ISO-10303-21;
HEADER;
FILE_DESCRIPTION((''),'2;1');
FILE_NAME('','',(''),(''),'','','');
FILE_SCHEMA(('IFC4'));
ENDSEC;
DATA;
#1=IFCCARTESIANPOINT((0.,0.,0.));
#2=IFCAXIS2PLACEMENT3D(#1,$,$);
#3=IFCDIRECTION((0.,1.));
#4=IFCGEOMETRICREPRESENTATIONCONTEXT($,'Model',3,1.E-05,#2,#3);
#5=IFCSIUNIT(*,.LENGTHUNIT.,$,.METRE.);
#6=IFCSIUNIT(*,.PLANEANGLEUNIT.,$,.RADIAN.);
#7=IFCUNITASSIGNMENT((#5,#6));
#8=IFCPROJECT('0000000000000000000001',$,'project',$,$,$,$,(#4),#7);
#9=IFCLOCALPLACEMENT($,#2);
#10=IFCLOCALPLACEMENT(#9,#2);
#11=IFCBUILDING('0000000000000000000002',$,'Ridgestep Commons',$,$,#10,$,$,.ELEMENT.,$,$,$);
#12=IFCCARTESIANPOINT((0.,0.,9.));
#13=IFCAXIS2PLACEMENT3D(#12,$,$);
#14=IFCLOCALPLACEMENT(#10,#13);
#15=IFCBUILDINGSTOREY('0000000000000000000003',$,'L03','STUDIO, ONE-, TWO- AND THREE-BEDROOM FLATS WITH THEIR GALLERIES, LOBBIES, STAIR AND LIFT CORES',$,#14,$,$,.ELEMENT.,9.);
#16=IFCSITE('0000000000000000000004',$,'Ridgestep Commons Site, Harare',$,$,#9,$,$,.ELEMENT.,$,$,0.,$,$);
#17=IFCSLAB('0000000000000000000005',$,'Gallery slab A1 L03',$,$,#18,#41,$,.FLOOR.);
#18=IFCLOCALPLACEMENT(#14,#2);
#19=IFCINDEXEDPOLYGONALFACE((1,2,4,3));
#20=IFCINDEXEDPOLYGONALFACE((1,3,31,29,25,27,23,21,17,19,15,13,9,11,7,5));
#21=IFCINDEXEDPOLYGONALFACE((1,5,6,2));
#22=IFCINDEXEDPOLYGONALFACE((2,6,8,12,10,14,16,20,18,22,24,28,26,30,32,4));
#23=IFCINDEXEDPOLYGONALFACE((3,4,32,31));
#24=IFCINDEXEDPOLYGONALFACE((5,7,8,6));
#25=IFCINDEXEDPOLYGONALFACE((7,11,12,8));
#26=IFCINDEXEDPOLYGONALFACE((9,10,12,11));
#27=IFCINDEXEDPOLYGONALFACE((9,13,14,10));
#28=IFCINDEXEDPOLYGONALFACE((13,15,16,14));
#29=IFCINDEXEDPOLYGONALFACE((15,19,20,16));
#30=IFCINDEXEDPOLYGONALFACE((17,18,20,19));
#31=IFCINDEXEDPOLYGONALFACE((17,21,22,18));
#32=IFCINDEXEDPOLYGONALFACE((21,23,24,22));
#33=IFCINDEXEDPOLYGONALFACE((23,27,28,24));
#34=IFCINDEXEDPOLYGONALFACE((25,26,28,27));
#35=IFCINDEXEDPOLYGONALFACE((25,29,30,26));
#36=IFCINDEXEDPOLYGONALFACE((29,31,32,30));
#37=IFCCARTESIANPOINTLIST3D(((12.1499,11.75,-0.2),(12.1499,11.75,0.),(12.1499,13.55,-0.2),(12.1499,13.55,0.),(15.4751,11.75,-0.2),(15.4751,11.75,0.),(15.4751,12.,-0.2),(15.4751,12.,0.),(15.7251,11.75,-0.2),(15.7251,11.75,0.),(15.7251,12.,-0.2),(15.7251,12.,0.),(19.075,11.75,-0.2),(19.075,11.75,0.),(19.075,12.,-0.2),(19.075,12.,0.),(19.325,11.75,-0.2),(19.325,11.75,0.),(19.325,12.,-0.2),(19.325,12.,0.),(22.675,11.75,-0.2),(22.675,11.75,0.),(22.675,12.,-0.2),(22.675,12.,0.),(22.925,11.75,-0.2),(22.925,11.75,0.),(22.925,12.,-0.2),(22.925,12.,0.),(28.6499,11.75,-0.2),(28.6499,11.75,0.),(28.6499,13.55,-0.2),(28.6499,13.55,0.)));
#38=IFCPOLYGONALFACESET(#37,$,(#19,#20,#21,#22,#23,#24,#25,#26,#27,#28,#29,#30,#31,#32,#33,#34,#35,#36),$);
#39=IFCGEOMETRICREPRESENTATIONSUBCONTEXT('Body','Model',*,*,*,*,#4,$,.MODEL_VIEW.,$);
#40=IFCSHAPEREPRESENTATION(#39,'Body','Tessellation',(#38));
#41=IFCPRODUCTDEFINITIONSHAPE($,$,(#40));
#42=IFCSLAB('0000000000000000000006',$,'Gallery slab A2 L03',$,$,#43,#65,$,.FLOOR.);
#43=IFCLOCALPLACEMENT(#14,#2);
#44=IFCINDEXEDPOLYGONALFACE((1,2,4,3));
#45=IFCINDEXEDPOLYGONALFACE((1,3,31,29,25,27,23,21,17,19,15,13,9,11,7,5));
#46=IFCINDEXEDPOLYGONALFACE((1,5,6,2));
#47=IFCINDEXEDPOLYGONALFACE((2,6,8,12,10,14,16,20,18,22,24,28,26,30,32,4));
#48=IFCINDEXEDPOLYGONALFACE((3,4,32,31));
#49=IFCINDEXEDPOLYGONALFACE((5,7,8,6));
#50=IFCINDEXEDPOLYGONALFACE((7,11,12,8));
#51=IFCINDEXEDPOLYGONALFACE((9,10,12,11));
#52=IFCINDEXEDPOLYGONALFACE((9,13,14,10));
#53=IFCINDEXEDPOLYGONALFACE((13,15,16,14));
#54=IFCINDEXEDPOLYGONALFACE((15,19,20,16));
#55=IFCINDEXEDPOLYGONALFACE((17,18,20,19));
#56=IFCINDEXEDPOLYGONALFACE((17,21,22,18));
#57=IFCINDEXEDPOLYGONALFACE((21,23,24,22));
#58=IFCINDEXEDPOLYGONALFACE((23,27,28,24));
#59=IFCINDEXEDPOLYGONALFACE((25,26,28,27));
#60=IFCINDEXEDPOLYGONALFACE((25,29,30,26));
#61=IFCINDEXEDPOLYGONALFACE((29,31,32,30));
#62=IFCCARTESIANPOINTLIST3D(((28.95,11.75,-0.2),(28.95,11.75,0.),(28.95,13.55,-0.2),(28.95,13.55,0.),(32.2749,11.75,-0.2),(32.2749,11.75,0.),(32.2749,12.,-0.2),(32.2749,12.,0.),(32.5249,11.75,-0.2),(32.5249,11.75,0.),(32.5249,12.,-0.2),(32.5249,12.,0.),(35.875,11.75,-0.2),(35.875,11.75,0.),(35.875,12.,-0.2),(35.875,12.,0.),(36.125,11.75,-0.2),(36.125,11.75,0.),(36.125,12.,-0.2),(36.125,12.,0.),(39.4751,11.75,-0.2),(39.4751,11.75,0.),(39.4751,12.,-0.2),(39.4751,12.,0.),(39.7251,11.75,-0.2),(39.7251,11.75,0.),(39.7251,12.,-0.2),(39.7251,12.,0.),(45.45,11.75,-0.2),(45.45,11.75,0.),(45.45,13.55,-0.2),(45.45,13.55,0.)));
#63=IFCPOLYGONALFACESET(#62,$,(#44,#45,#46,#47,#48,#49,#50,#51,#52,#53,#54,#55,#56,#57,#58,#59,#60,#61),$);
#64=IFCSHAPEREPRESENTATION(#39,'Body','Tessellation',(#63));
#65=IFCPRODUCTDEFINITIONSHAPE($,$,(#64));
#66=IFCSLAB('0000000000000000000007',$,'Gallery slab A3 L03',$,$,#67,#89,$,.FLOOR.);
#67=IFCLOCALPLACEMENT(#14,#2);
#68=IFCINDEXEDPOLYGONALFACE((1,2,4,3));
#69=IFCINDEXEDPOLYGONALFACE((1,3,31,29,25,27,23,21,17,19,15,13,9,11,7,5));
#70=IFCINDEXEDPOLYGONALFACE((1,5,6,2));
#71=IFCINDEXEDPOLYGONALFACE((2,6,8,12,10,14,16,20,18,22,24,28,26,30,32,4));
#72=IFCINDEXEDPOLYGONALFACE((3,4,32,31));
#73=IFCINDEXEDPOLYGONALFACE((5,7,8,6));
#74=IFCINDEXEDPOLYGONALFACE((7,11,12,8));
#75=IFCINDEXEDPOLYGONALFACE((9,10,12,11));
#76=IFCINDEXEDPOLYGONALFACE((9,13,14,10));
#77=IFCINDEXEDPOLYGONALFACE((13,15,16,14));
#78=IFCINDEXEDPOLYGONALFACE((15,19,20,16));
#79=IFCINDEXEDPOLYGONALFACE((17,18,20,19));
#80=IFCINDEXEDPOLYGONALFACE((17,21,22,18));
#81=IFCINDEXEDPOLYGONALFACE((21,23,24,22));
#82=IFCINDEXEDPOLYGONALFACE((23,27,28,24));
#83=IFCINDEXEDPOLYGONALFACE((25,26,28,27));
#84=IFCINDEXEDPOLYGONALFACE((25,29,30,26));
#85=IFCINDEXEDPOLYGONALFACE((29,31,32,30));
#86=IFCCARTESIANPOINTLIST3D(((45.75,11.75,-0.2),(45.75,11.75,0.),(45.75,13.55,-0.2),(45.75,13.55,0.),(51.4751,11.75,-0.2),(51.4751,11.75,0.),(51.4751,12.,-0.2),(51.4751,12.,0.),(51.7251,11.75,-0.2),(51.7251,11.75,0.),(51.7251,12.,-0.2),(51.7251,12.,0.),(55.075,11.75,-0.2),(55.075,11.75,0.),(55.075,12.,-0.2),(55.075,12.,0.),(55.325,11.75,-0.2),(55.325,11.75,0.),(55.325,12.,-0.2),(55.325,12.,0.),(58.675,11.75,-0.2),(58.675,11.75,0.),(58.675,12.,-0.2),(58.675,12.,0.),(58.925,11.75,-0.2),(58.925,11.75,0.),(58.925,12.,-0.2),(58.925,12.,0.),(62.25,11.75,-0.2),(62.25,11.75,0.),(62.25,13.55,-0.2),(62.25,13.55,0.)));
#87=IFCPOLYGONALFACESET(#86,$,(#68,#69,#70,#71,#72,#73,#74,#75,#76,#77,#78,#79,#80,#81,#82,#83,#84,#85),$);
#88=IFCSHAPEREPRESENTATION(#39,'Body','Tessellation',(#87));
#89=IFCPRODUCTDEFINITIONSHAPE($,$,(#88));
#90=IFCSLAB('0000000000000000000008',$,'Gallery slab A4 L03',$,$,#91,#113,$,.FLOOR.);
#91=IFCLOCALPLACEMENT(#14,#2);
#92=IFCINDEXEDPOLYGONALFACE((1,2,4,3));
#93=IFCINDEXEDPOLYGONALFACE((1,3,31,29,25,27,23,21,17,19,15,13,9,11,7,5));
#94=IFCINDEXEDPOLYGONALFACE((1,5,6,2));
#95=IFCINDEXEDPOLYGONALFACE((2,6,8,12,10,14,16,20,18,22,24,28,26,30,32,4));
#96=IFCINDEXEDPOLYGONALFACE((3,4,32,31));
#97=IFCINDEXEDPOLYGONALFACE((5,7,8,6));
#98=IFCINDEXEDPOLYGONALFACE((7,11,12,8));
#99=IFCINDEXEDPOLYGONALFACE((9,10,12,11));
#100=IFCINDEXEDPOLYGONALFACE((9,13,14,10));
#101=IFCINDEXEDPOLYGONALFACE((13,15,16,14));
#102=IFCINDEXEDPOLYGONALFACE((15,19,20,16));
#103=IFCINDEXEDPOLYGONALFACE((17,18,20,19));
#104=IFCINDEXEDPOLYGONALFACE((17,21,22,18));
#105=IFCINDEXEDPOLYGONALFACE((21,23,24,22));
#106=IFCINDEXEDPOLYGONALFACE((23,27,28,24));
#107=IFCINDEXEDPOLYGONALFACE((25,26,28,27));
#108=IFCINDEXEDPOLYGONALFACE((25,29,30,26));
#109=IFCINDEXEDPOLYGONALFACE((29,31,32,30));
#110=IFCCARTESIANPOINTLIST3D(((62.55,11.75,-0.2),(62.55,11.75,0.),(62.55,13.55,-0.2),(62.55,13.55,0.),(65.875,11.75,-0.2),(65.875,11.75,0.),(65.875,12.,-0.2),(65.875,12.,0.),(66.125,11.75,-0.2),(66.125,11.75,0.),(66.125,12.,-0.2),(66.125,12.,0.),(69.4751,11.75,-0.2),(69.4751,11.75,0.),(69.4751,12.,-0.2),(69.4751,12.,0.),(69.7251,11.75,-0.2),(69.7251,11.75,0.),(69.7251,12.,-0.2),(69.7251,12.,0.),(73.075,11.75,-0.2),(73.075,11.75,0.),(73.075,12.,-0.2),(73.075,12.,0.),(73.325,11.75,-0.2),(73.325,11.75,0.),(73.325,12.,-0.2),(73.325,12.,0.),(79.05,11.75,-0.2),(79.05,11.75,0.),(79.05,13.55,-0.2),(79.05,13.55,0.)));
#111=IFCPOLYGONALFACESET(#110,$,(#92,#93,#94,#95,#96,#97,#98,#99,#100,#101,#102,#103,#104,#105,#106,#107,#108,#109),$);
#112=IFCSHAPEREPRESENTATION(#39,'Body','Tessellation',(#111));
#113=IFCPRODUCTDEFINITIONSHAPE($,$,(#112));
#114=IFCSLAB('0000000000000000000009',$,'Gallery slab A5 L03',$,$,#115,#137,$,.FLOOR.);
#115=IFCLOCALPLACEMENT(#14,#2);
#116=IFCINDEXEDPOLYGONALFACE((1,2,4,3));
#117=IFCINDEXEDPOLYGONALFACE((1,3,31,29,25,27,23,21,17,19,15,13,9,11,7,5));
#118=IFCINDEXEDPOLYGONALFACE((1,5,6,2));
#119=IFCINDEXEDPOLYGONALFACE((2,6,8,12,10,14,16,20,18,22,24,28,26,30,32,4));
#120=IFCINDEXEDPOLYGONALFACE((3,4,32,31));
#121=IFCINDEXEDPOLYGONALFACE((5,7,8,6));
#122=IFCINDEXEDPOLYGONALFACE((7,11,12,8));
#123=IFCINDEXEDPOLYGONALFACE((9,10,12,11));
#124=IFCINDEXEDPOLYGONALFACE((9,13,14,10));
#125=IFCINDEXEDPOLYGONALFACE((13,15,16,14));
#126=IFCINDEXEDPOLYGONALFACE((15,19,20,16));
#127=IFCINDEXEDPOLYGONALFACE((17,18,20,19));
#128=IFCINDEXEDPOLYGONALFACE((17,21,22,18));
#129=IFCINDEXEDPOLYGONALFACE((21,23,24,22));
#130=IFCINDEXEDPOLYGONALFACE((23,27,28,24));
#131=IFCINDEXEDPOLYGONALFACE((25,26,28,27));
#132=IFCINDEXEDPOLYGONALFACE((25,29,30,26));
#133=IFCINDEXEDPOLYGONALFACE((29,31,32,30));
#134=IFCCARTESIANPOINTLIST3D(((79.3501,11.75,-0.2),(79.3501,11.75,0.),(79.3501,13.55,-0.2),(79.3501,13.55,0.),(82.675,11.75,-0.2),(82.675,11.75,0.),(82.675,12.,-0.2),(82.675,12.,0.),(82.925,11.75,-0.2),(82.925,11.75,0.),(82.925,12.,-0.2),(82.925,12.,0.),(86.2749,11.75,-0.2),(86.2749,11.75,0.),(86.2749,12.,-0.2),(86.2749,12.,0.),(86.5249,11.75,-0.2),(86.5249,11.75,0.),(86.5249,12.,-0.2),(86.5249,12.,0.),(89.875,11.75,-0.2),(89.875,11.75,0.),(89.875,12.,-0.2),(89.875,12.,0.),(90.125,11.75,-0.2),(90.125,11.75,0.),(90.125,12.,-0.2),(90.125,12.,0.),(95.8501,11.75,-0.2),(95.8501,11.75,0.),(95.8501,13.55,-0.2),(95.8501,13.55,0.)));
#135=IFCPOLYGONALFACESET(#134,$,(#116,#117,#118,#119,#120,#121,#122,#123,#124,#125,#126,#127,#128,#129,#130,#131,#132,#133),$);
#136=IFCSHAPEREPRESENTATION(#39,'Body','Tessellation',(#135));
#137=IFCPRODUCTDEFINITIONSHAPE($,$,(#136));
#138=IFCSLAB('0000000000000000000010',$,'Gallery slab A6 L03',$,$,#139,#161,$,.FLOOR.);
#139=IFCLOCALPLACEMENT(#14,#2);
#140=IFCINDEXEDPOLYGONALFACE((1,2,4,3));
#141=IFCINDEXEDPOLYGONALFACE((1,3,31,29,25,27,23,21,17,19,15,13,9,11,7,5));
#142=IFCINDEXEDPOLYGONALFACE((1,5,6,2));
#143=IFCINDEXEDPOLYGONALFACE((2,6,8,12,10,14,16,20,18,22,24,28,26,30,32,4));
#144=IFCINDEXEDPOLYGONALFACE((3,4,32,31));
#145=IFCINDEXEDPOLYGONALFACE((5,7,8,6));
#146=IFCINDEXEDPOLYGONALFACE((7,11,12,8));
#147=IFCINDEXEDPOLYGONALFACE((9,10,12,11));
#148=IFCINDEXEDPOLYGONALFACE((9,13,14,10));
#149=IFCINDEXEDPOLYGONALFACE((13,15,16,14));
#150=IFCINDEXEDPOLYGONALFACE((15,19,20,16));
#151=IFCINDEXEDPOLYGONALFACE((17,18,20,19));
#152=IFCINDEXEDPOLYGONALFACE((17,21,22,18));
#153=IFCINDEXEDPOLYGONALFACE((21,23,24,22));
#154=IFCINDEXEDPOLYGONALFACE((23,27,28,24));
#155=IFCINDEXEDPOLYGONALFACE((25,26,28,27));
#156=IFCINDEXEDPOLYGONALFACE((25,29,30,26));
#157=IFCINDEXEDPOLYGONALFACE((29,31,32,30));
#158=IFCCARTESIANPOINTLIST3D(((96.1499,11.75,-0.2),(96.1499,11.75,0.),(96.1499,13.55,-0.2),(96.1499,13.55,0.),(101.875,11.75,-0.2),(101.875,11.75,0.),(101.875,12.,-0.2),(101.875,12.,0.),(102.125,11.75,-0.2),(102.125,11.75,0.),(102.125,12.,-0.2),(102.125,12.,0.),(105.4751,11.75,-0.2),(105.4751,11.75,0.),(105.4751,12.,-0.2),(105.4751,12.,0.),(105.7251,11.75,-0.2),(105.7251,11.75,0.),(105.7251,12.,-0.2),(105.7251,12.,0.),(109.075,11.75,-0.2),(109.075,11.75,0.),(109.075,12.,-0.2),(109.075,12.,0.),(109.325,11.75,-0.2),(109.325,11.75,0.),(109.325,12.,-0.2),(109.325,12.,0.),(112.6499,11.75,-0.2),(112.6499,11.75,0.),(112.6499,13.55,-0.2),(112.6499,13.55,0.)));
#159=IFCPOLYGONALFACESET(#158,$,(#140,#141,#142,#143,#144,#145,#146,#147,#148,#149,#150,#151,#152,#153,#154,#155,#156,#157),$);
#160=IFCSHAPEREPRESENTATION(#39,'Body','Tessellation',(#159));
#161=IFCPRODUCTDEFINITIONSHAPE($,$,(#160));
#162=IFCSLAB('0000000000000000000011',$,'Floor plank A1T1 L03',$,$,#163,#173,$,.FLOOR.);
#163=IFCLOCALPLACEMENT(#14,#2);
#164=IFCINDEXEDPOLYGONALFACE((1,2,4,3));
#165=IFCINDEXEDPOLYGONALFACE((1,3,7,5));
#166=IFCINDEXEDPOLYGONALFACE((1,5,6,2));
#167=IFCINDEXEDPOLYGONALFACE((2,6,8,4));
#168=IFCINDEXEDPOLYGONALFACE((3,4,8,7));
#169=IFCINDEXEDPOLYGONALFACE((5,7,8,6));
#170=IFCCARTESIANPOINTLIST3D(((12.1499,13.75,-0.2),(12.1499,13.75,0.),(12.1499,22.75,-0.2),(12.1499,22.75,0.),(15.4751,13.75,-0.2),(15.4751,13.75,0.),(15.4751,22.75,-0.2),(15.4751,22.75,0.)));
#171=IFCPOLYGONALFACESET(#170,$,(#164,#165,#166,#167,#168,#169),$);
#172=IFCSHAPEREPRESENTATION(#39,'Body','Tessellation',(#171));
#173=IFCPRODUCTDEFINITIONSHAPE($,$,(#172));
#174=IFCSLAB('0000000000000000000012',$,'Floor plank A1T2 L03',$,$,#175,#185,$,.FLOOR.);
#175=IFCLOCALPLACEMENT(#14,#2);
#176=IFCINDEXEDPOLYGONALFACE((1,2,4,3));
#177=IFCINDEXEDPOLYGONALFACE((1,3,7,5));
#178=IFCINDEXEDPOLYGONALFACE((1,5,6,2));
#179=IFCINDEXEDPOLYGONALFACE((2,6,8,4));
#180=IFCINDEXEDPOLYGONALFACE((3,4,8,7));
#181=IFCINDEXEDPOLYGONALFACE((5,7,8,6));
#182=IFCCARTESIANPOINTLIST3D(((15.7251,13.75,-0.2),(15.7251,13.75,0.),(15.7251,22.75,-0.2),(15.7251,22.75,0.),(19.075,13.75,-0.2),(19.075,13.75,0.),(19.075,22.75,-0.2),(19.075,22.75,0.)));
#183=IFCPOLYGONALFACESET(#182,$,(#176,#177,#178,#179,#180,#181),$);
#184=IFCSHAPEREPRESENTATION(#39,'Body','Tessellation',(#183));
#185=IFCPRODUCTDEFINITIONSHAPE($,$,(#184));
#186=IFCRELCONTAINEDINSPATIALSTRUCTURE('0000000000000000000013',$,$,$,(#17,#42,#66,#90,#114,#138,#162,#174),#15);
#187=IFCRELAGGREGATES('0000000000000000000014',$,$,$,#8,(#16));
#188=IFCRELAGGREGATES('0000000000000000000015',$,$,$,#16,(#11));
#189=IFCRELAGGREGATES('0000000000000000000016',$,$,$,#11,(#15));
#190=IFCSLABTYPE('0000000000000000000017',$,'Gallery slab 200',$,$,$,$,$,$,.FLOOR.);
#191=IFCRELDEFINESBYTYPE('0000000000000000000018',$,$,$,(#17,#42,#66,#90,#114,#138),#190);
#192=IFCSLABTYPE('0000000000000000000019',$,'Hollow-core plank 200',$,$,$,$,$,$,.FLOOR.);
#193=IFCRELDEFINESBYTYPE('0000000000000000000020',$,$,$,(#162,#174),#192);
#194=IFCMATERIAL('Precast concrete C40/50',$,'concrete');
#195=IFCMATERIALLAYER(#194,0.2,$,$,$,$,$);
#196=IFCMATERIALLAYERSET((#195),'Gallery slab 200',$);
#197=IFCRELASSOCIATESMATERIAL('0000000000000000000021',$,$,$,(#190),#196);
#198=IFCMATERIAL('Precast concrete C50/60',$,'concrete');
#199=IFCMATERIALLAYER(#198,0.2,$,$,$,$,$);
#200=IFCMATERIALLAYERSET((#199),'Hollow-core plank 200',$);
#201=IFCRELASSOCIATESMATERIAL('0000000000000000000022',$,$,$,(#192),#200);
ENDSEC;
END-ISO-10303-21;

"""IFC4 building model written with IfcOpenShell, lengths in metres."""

from ifc_helpers import new_model, si_unit, direction, frame, origin, place, context, subcontext, project, spatial, polyline, outline, extrude, material, layer, layer_set, type_object, element, save


model = new_model("IFC4")

# Units and contexts
model_context = context("Model", 3, precision=1e-05, world=origin(), true_north=direction((0.0, 1.0)))
body_context = subcontext(model_context, "Body", "Model", "MODEL_VIEW")
ifc_project = project(units=[si_unit("LENGTHUNIT", "METRE"), si_unit("PLANEANGLEUNIT", "RADIAN")], contexts=[model_context])

# Site, building, storey
site_placement = place(None, origin())
site = spatial("IfcSite", under=ifc_project, at=site_placement, Name="Ridgestep Commons Site, Harare", CompositionType="ELEMENT", RefElevation=0.0)
building_placement = place(site_placement, origin())
building = spatial("IfcBuilding", under=site, at=building_placement, Name="Ridgestep Commons", CompositionType="ELEMENT")
storey_placement = place(building_placement, frame((0.0, 0.0, 9.0)))
storey = spatial("IfcBuildingStorey", under=building, at=storey_placement, Name="L03", Description="STUDIO, ONE-, TWO- AND THREE-BEDROOM FLATS WITH THEIR GALLERIES, LOBBIES, STAIR AND LIFT CORES", CompositionType="ELEMENT", Elevation=9.0)

# Slabs
ifc_material_1 = material(Name="Precast concrete C40/50", Category="concrete")
ifc_layer_1 = layer(ifc_material_1, 0.2)
ifc_layer_set_1 = layer_set([ifc_layer_1], Name="Gallery slab 200")
slab_type_1 = type_object("IfcSlabType", Name="Gallery slab 200", PredefinedType="FLOOR", material=ifc_layer_set_1)
slab_1_placement = place(storey_placement, frame((0.0, 0.0, -0.2)))
element("IfcSlab", 1, at=slab_1_placement, inside=storey, type_object=slab_type_1, Name="Gallery slab A1 L03", PredefinedType="FLOOR", context=body_context, shape_type="SweptSolid", body=[
    extrude(outline(polyline([(28.6499, 13.55), (12.1499, 13.55), (12.1499, 11.75), (15.4751, 11.75), (15.4751, 12.0), (15.7251, 12.0), (15.7251, 11.75), (19.075, 11.75), (19.075, 12.0), (19.325, 12.0), (19.325, 11.75), (22.675, 11.75), (22.675, 12.0), (22.925, 12.0), (22.925, 11.75), (28.6499, 11.75), (28.6499, 13.55)])), origin(), (0.0, 0.0, 1.0), 0.2),
])
slab_2_placement = place(storey_placement, frame((0.0, 0.0, -0.2)))
element("IfcSlab", 2, at=slab_2_placement, inside=storey, type_object=slab_type_1, Name="Gallery slab A2 L03", PredefinedType="FLOOR", context=body_context, shape_type="SweptSolid", body=[
    extrude(outline(polyline([(45.45, 13.55), (28.95, 13.55), (28.95, 11.75), (32.2749, 11.75), (32.2749, 12.0), (32.5249, 12.0), (32.5249, 11.75), (35.875, 11.75), (35.875, 12.0), (36.125, 12.0), (36.125, 11.75), (39.4751, 11.75), (39.4751, 12.0), (39.7251, 12.0), (39.7251, 11.75), (45.45, 11.75), (45.45, 13.55)])), origin(), (0.0, 0.0, 1.0), 0.2),
])
slab_3_placement = place(storey_placement, frame((0.0, 0.0, -0.2)))
element("IfcSlab", 3, at=slab_3_placement, inside=storey, type_object=slab_type_1, Name="Gallery slab A3 L03", PredefinedType="FLOOR", context=body_context, shape_type="SweptSolid", body=[
    extrude(outline(polyline([(62.25, 13.55), (45.75, 13.55), (45.75, 11.75), (51.4751, 11.75), (51.4751, 12.0), (51.7251, 12.0), (51.7251, 11.75), (55.075, 11.75), (55.075, 12.0), (55.325, 12.0), (55.325, 11.75), (58.675, 11.75), (58.675, 12.0), (58.925, 12.0), (58.925, 11.75), (62.25, 11.75), (62.25, 13.55)])), origin(), (0.0, 0.0, 1.0), 0.2),
])
slab_4_placement = place(storey_placement, frame((0.0, 0.0, -0.2)))
element("IfcSlab", 4, at=slab_4_placement, inside=storey, type_object=slab_type_1, Name="Gallery slab A4 L03", PredefinedType="FLOOR", context=body_context, shape_type="SweptSolid", body=[
    extrude(outline(polyline([(79.05, 13.55), (62.55, 13.55), (62.55, 11.75), (65.875, 11.75), (65.875, 12.0), (66.125, 12.0), (66.125, 11.75), (69.4751, 11.75), (69.4751, 12.0), (69.7251, 12.0), (69.7251, 11.75), (73.075, 11.75), (73.075, 12.0), (73.325, 12.0), (73.325, 11.75), (79.05, 11.75), (79.05, 13.55)])), origin(), (0.0, 0.0, 1.0), 0.2),
])
slab_5_placement = place(storey_placement, frame((0.0, 0.0, -0.2)))
element("IfcSlab", 5, at=slab_5_placement, inside=storey, type_object=slab_type_1, Name="Gallery slab A5 L03", PredefinedType="FLOOR", context=body_context, shape_type="SweptSolid", body=[
    extrude(outline(polyline([(95.8501, 13.55), (79.3501, 13.55), (79.3501, 11.75), (82.675, 11.75), (82.675, 12.0), (82.925, 12.0), (82.925, 11.75), (86.2749, 11.75), (86.2749, 12.0), (86.5249, 12.0), (86.5249, 11.75), (89.875, 11.75), (89.875, 12.0), (90.125, 12.0), (90.125, 11.75), (95.8501, 11.75), (95.8501, 13.55)])), origin(), (0.0, 0.0, 1.0), 0.2),
])
slab_6_placement = place(storey_placement, frame((0.0, 0.0, -0.2)))
element("IfcSlab", 6, at=slab_6_placement, inside=storey, type_object=slab_type_1, Name="Gallery slab A6 L03", PredefinedType="FLOOR", context=body_context, shape_type="SweptSolid", body=[
    extrude(outline(polyline([(112.6499, 13.55), (96.1499, 13.55), (96.1499, 11.75), (101.875, 11.75), (101.875, 12.0), (102.125, 12.0), (102.125, 11.75), (105.4751, 11.75), (105.4751, 12.0), (105.7251, 12.0), (105.7251, 11.75), (109.075, 11.75), (109.075, 12.0), (109.325, 12.0), (109.325, 11.75), (112.6499, 11.75), (112.6499, 13.55)])), origin(), (0.0, 0.0, 1.0), 0.2),
])
ifc_material_2 = material(Name="Precast concrete C50/60", Category="concrete")
ifc_layer_2 = layer(ifc_material_2, 0.2)
ifc_layer_set_2 = layer_set([ifc_layer_2], Name="Hollow-core plank 200")
slab_type_2 = type_object("IfcSlabType", Name="Hollow-core plank 200", PredefinedType="FLOOR", material=ifc_layer_set_2)
slab_7_placement = place(storey_placement, frame((0.0, 0.0, -0.2)))
element("IfcSlab", 7, at=slab_7_placement, inside=storey, type_object=slab_type_2, Name="Floor plank A1T1 L03", PredefinedType="FLOOR", context=body_context, shape_type="SweptSolid", body=[
    extrude(outline(polyline([(15.4751, 13.75), (15.4751, 22.75), (12.1499, 22.75), (12.1499, 13.75), (15.4751, 13.75)])), origin(), (0.0, 0.0, 1.0), 0.2),
])
slab_8_placement = place(storey_placement, frame((0.0, 0.0, -0.2)))
element("IfcSlab", 8, at=slab_8_placement, inside=storey, type_object=slab_type_2, Name="Floor plank A1T2 L03", PredefinedType="FLOOR", context=body_context, shape_type="SweptSolid", body=[
    extrude(outline(polyline([(19.075, 13.75), (19.075, 22.75), (15.7251, 22.75), (15.7251, 13.75), (19.075, 13.75)])), origin(), (0.0, 0.0, 1.0), 0.2),
])

save(model, "model.ifc")
